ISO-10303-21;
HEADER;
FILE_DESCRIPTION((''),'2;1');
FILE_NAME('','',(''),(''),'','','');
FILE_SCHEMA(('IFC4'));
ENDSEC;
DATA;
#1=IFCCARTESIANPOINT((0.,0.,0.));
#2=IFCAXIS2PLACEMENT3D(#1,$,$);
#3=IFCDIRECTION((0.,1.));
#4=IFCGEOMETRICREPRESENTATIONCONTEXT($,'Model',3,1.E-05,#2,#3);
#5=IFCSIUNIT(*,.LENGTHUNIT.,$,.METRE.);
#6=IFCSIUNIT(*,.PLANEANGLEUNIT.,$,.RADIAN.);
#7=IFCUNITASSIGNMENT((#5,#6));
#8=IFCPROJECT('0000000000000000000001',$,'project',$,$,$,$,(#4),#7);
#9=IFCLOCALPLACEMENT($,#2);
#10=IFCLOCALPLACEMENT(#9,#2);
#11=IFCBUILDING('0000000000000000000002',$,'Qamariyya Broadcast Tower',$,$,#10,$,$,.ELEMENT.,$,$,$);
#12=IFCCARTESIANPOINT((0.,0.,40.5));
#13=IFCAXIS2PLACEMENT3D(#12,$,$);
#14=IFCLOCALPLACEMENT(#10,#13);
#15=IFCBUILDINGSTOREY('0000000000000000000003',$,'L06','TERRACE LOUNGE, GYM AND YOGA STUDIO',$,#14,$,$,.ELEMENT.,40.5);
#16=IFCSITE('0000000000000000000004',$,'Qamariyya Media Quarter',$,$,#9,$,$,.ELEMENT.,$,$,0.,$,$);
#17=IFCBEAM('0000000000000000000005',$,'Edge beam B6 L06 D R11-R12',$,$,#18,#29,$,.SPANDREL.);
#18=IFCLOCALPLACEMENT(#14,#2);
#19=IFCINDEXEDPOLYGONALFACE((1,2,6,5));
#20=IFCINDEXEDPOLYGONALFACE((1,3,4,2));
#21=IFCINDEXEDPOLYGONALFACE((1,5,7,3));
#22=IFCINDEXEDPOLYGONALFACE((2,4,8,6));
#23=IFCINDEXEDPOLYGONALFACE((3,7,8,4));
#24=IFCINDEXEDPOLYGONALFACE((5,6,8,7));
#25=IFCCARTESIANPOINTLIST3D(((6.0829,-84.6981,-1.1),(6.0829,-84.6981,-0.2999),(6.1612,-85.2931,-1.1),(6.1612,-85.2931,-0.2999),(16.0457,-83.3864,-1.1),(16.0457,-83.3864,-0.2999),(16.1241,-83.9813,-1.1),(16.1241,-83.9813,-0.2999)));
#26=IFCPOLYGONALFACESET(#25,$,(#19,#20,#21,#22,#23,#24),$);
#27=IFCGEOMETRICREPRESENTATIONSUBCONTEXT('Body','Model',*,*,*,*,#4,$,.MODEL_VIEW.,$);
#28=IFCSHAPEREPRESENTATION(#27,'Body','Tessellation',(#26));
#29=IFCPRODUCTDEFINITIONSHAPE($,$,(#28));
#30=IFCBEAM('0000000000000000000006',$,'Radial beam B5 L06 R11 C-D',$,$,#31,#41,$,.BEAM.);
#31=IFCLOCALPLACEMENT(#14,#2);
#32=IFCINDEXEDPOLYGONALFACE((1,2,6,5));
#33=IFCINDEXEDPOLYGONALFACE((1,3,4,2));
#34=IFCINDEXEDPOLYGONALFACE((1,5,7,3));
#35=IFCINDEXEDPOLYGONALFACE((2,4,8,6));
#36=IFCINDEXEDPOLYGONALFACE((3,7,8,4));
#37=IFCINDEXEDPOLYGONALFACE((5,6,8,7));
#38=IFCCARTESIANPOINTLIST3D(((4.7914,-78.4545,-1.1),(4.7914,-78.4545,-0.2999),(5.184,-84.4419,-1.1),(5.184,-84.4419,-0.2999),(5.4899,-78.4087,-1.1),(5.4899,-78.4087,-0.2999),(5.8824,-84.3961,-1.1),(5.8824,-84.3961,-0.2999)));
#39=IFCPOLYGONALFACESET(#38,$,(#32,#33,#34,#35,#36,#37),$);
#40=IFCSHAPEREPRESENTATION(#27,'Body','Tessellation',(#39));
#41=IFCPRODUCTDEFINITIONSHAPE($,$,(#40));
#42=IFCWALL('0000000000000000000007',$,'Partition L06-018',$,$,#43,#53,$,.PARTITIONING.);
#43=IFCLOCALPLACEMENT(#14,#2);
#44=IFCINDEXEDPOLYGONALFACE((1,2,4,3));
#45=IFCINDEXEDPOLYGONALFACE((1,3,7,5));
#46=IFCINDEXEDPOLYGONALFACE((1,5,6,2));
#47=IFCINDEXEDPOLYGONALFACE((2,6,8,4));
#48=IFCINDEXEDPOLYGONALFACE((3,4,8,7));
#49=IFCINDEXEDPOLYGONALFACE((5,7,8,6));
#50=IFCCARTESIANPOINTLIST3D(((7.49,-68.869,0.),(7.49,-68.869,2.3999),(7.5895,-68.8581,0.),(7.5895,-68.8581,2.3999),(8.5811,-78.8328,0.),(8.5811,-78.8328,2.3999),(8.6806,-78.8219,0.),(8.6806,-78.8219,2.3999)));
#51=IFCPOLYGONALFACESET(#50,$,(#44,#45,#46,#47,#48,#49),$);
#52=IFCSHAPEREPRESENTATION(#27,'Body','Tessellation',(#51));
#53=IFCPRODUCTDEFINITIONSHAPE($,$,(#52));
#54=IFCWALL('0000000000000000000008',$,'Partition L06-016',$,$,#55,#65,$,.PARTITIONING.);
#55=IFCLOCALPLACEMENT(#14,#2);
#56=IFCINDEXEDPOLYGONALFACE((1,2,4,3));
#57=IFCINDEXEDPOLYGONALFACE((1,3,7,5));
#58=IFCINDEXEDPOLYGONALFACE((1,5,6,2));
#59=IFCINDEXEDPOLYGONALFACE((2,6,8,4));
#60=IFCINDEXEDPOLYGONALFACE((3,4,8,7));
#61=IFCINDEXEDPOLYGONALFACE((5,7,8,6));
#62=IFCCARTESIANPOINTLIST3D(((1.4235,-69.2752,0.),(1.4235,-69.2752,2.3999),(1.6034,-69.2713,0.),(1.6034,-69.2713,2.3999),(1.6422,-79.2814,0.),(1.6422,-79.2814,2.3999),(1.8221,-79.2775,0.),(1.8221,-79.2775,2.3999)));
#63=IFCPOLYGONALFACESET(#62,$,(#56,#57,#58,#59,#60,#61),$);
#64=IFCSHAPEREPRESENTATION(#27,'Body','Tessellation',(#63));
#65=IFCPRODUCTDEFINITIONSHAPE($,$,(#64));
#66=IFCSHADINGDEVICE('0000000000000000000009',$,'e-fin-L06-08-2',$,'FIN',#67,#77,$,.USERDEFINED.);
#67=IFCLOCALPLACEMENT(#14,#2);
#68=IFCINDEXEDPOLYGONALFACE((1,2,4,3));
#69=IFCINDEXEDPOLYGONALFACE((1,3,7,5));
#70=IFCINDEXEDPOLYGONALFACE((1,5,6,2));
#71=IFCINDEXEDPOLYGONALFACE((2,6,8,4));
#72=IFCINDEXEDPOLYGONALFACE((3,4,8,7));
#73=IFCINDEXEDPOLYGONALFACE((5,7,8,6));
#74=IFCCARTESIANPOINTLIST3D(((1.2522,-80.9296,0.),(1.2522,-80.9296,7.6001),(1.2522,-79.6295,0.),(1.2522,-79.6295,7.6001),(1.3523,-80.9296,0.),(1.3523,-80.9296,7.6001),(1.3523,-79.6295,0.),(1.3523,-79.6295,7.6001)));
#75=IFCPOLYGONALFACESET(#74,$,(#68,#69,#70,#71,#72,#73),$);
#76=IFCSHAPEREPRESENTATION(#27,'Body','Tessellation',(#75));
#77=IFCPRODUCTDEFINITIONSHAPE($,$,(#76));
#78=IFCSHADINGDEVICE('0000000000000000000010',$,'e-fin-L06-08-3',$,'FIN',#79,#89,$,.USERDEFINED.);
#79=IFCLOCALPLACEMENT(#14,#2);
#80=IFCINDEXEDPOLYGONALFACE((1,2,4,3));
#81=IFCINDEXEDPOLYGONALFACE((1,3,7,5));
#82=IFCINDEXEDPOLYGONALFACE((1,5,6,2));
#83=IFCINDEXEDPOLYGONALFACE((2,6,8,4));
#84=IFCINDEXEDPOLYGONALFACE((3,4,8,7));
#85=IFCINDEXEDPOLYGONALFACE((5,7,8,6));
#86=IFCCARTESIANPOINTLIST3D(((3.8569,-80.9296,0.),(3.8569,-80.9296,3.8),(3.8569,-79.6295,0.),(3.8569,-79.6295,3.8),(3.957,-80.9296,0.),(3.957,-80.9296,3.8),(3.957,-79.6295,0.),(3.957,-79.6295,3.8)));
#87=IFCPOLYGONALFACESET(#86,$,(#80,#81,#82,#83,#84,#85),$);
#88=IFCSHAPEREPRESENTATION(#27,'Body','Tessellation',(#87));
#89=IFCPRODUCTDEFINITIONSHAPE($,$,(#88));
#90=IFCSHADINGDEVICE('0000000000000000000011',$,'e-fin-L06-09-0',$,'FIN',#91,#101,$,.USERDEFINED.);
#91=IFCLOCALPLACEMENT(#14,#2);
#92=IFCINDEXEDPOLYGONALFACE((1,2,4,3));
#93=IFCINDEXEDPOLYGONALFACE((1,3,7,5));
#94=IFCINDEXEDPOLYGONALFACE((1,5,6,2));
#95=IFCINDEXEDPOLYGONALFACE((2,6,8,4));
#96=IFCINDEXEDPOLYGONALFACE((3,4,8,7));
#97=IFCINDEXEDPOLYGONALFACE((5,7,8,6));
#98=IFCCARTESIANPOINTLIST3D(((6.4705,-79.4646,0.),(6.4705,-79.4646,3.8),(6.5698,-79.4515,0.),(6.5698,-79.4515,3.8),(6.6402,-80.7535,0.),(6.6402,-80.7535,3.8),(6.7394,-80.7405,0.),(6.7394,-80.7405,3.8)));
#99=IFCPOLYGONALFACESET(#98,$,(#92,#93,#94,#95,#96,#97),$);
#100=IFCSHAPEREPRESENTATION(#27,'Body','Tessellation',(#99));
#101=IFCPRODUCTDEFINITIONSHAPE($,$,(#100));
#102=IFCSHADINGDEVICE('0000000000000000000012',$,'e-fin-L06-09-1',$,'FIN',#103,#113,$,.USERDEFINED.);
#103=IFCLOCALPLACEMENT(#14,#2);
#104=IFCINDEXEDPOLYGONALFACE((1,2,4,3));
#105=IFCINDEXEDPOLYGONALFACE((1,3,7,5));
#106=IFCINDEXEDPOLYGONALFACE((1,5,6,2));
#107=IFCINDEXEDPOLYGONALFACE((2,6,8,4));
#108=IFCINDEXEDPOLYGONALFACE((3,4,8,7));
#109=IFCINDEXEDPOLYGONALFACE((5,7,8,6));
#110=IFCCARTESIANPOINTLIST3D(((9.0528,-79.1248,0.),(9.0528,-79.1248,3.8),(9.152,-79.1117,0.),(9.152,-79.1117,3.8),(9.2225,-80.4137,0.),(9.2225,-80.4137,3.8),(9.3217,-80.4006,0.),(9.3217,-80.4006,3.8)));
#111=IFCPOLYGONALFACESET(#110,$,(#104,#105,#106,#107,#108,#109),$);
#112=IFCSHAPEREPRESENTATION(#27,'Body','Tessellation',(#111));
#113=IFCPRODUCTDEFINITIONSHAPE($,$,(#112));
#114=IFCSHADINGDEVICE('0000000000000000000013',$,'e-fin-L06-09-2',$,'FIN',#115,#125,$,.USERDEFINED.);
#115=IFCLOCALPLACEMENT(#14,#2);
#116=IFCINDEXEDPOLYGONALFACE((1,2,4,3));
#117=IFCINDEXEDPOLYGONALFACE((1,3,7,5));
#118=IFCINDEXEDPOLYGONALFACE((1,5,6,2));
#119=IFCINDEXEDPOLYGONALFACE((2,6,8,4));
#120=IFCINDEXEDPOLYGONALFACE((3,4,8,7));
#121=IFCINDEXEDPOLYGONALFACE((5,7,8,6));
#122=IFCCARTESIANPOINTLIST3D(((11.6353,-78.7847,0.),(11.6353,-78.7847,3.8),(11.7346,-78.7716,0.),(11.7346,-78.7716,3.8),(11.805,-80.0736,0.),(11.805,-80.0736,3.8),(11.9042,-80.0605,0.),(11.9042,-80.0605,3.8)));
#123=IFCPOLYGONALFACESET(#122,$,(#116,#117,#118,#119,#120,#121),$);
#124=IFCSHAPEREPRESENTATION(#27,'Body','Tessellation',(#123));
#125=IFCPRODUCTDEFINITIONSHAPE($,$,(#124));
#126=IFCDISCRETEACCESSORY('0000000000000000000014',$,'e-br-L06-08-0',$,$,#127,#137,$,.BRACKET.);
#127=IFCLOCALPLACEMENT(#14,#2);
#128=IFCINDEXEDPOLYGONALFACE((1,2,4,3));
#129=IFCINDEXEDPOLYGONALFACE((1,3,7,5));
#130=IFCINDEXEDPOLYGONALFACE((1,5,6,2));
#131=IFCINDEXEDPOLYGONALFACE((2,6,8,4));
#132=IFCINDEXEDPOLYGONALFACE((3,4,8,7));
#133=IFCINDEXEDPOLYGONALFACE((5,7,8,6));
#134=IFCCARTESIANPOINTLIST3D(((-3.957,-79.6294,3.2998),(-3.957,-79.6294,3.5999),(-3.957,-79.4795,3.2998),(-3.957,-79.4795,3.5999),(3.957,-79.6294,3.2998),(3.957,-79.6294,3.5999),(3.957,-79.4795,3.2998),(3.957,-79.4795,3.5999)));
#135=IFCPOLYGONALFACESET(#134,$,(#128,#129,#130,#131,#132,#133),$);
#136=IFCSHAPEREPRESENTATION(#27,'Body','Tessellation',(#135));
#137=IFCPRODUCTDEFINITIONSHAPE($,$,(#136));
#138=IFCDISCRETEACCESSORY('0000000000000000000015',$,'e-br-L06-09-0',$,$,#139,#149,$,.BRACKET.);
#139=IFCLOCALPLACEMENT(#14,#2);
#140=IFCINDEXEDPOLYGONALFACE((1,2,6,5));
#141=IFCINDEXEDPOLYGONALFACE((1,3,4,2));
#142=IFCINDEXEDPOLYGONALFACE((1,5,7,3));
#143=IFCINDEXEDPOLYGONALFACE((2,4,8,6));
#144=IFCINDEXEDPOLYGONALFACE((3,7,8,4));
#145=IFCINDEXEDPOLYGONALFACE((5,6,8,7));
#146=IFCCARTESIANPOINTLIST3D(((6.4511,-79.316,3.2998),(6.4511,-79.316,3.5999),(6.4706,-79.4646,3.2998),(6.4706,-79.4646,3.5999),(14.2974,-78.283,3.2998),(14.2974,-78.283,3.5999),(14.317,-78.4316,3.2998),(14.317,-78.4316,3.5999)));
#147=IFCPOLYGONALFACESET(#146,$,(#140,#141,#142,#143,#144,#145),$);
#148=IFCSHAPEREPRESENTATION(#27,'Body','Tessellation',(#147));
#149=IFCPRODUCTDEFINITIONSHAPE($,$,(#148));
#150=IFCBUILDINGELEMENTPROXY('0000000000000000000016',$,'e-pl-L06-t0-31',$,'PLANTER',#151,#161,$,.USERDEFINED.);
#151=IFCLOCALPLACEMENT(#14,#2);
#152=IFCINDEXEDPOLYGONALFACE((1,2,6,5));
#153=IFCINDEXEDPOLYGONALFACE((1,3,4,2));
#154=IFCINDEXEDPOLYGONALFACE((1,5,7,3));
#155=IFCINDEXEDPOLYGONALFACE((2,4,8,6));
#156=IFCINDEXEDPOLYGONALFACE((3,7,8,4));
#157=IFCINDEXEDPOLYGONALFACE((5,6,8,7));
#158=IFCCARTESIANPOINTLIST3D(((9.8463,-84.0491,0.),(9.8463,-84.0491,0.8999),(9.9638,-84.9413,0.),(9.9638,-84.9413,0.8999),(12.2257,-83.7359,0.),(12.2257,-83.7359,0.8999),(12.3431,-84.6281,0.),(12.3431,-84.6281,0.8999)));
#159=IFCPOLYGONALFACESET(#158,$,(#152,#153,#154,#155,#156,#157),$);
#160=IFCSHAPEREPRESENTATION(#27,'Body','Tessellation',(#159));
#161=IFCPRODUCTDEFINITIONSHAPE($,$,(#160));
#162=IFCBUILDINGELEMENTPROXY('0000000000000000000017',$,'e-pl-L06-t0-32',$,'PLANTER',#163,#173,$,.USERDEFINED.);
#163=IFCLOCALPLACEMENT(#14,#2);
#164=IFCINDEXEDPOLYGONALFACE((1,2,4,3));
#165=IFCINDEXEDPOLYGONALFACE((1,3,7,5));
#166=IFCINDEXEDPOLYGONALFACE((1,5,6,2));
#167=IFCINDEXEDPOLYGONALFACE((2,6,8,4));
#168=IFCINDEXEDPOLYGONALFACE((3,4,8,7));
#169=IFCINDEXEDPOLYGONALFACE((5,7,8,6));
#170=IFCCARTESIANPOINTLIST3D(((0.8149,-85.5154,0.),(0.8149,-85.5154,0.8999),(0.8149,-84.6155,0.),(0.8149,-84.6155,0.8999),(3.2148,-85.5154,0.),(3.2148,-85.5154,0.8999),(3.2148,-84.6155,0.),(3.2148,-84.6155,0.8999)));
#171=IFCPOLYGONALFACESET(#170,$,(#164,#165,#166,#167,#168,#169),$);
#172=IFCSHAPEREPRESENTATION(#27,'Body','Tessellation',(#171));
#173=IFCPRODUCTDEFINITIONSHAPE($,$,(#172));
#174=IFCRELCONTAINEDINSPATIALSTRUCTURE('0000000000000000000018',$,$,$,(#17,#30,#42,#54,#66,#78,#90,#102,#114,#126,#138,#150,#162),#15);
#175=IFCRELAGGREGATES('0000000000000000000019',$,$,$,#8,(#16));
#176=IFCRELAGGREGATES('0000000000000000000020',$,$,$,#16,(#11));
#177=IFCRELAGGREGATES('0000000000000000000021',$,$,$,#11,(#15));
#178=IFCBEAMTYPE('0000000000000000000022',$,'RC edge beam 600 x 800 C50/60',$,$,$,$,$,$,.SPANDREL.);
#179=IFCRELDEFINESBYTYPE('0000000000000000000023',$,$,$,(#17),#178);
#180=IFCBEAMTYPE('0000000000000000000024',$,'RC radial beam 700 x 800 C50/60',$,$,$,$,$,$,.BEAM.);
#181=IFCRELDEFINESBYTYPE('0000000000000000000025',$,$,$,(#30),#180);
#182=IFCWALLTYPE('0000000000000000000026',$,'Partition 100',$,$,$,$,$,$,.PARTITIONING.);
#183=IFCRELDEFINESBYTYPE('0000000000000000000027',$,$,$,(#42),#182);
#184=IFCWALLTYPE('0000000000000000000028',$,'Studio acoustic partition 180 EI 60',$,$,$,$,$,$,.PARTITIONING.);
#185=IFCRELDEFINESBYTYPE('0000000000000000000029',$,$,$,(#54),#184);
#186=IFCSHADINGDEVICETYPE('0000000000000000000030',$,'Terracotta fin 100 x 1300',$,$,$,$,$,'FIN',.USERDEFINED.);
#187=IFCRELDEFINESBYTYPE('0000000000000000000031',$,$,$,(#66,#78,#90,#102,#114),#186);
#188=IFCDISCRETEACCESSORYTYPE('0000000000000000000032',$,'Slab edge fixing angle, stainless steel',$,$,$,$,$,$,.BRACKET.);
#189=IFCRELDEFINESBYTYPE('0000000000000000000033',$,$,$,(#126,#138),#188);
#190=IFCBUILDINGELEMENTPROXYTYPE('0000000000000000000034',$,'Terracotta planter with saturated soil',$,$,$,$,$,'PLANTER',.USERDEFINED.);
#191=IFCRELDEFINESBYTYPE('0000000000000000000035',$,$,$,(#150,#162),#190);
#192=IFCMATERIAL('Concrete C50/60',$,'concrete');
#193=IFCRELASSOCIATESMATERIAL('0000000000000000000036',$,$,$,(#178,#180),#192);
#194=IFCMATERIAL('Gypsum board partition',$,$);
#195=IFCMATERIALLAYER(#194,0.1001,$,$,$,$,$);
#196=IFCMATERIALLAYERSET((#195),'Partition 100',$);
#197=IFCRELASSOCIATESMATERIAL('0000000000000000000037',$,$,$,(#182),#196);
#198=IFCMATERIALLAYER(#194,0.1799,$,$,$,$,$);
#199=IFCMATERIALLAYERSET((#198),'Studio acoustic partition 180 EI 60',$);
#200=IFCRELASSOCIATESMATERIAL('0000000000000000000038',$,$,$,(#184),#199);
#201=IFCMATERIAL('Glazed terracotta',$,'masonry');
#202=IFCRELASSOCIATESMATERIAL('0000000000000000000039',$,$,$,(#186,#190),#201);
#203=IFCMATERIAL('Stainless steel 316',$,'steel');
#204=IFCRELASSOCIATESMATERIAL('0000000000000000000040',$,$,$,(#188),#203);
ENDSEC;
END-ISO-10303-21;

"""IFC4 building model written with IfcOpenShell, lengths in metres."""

from ifc_helpers import new_model, si_unit, direction, frame, frame_2d, origin, origin_2d, place, context, subcontext, project, spatial, rectangle, extrude, material, layer, layer_set, material_profile, profile_set, type_object, element, save


model = new_model("IFC4")

# Units and contexts
model_context = context("Model", 3, precision=1e-05, world=origin(), true_north=direction((0.0, 1.0)))
body_context = subcontext(model_context, "Body", "Model", "MODEL_VIEW")
ifc_project = project(units=[si_unit("LENGTHUNIT", "METRE"), si_unit("PLANEANGLEUNIT", "RADIAN")], contexts=[model_context])

# Site, building, storey
site_placement = place(None, origin())
site = spatial("IfcSite", under=ifc_project, at=site_placement, Name="Qamariyya Media Quarter", CompositionType="ELEMENT", RefElevation=0.0)
building_placement = place(site_placement, origin())
building = spatial("IfcBuilding", under=site, at=building_placement, Name="Qamariyya Broadcast Tower", CompositionType="ELEMENT")
storey_placement = place(building_placement, frame((0.0, 0.0, 40.5)))
storey = spatial("IfcBuildingStorey", under=building, at=storey_placement, Name="L06", Description="TERRACE LOUNGE, GYM AND YOGA STUDIO", CompositionType="ELEMENT", Elevation=40.5)

# Beams
ifc_material_1 = material(Name="Concrete C50/60", Category="concrete")
ifc_material_profile_1 = material_profile(ifc_material_1, rectangle(XDim=0.6001, YDim=0.8, at=origin_2d()))
ifc_profile_set_1 = profile_set([ifc_material_profile_1], Name="Concrete C50/60")
beam_type_1 = type_object("IfcBeamType", Name="RC edge beam 600 x 800 C50/60", PredefinedType="SPANDREL", material=ifc_profile_set_1)
beam_1_placement = place(storey_placement, frame((6.1221, -84.9956, -0.7), z_axis=(0.991443, 0.130539, 0.0), x_axis=(-0.130539, 0.991443, 0.0)))
element("IfcBeam", 1, at=beam_1_placement, inside=storey, type_object=beam_type_1, Name="Edge beam B6 L06 D R11-R12", PredefinedType="SPANDREL", context=body_context, shape_type="SweptSolid", body=[
    extrude(rectangle(XDim=0.6001, YDim=0.8, at=origin_2d()), origin(), (0.0, 0.0, 1.0), 10.0488),
])
ifc_material_profile_2 = material_profile(ifc_material_1, rectangle(XDim=0.7, YDim=0.8, at=origin_2d()))
ifc_profile_set_2 = profile_set([ifc_material_profile_2], Name="Concrete C50/60")
beam_type_2 = type_object("IfcBeamType", Name="RC radial beam 700 x 800 C50/60", PredefinedType="BEAM", material=ifc_profile_set_2)
beam_2_placement = place(storey_placement, frame((5.1406, -78.4316, -0.7), z_axis=(0.065428, -0.997857, 0.0), x_axis=(0.997857, 0.065428, 0.0)))
element("IfcBeam", 2, at=beam_2_placement, inside=storey, type_object=beam_type_2, Name="Radial beam B5 L06 R11 C-D", PredefinedType="BEAM", context=body_context, shape_type="SweptSolid", body=[
    extrude(rectangle(XDim=0.7, YDim=0.8, at=origin_2d()), origin(), (0.0, 0.0, 1.0), 6.0002),
])

# Walls
ifc_material_2 = material(Name="Gypsum board partition")
ifc_layer_1 = layer(ifc_material_2, 0.1001)
ifc_layer_set_1 = layer_set([ifc_layer_1], Name="Partition 100")
wall_type_1 = type_object("IfcWallType", Name="Partition 100", PredefinedType="PARTITIONING", material=ifc_layer_set_1)
wall_1_placement = place(storey_placement, frame((8.6309, -78.8274, 0.0), z_axis=(0.0, 0.0, 1.0), x_axis=(-0.108851, 0.994058, 0.0)))
element("IfcWall", 3, at=wall_1_placement, inside=storey, type_object=wall_type_1, Name="Partition L06-018", PredefinedType="PARTITIONING", context=body_context, shape_type="SweptSolid", body=[
    extrude(rectangle(XDim=10.0234, YDim=0.1001, at=frame_2d((5.0117, 0.0))), origin(), (0.0, 0.0, 1.0), 2.3999),
])
ifc_layer_2 = layer(ifc_material_2, 0.1799)
ifc_layer_set_2 = layer_set([ifc_layer_2], Name="Studio acoustic partition 180 EI 60")
wall_type_2 = type_object("IfcWallType", Name="Studio acoustic partition 180 EI 60", PredefinedType="PARTITIONING", material=ifc_layer_set_2)
wall_2_placement = place(storey_placement, frame((1.7322, -79.2795, 0.0), z_axis=(0.0, 0.0, 1.0), x_axis=(-0.021856, 0.999761, 0.0)))
element("IfcWall", 4, at=wall_2_placement, inside=storey, type_object=wall_type_2, Name="Partition L06-016", PredefinedType="PARTITIONING", context=body_context, shape_type="SweptSolid", body=[
    extrude(rectangle(XDim=10.0085, YDim=0.1799, at=frame_2d((5.0044, 0.0))), origin(), (0.0, 0.0, 1.0), 2.3999),
])

# Shading devices
ifc_material_3 = material(Name="Glazed terracotta", Category="masonry")
ifc_material_profile_3 = material_profile(ifc_material_3, rectangle(XDim=1.3, YDim=0.1001, at=origin_2d()))
ifc_profile_set_3 = profile_set([ifc_material_profile_3], Name="Glazed terracotta")
shading_device_type_1 = type_object("IfcShadingDeviceType", Name="Terracotta fin 100 x 1300", ElementType="FIN", PredefinedType="USERDEFINED", material=ifc_profile_set_3)
shading_device_1_placement = place(storey_placement, frame((1.3022, -80.2795, 0.0), z_axis=(0.0, 0.0, 1.0), x_axis=(0.0, -1.0, 0.0)))
element("IfcShadingDevice", 5, at=shading_device_1_placement, inside=storey, type_object=shading_device_type_1, Name="e-fin-L06-08-2", ObjectType="FIN", PredefinedType="USERDEFINED", context=body_context, shape_type="SweptSolid", body=[
    extrude(rectangle(XDim=1.3, YDim=0.1001, at=origin_2d()), origin(), (0.0, 0.0, 1.0), 7.6001),
])
for number, where, z_axis, x_axis, name in (
    (6, (3.907, -80.2795, 0.0), (0.0, 0.0, 1.0), (0.0, -1.0, 0.0), "e-fin-L06-08-3"),
    (7, (6.605, -80.1025, 0.0), (0.0, 0.0, 1.0), (0.130526, -0.991445, 0.0), "e-fin-L06-09-0"),
    (8, (9.1873, -79.7627, 0.0), (0.0, 0.0, 1.0), (0.130526, -0.991445, 0.0), "e-fin-L06-09-1"),
    (9, (11.7698, -79.4226, 0.0), (0.0, 0.0, 1.0), (0.130526, -0.991445, 0.0), "e-fin-L06-09-2"),
):
    element("IfcShadingDevice", number, at=place(storey_placement, frame(where, z_axis=z_axis, x_axis=x_axis)), inside=storey, type_object=shading_device_type_1, Name=name, ObjectType="FIN", PredefinedType="USERDEFINED", context=body_context, shape_type="SweptSolid", body=[
        extrude(rectangle(XDim=1.3, YDim=0.1001, at=origin_2d()), origin(), (0.0, 0.0, 1.0), 3.8),
    ])

# Discrete accessories
ifc_material_4 = material(Name="Stainless steel 316", Category="steel")
discrete_accessory_type = type_object("IfcDiscreteAccessoryType", Name="Slab edge fixing angle, stainless steel", PredefinedType="BRACKET", material=ifc_material_4)
for number, where, z_axis, x_axis, name in (
    (10, (0.0, -79.5544, 3.2998), (0.0, 0.0, 1.0), (1.0, 0.0, 0.0), "e-br-L06-08-0"),
    (11, (10.384, -78.8738, 3.2998), (0.0, 0.0, 1.0), (0.991445, 0.130526, 0.0), "e-br-L06-09-0"),
):
    element("IfcDiscreteAccessory", number, at=place(storey_placement, frame(where, z_axis=z_axis, x_axis=x_axis)), inside=storey, type_object=discrete_accessory_type, Name=name, PredefinedType="BRACKET", context=body_context, shape_type="SweptSolid", body=[
        extrude(rectangle(XDim=7.9141, YDim=0.1499, at=origin_2d()), origin(), (0.0, 0.0, 1.0), 0.3),
    ])

# Building element proxies
building_element_proxy_type = type_object("IfcBuildingElementProxyType", Name="Terracotta planter with saturated soil", ElementType="PLANTER", PredefinedType="USERDEFINED", material=ifc_material_3)
for number, where, z_axis, x_axis, name in (
    (12, (11.0947, -84.3386, 0.0), (0.0, 0.0, 1.0), (-0.991445, -0.130526, 0.0), "e-pl-L06-t0-31"),
    (13, (2.0149, -85.0654, 0.0), (0.0, 0.0, 1.0), (-1.0, 0.0, 0.0), "e-pl-L06-t0-32"),
):
    element("IfcBuildingElementProxy", number, at=place(storey_placement, frame(where, z_axis=z_axis, x_axis=x_axis)), inside=storey, type_object=building_element_proxy_type, Name=name, ObjectType="PLANTER", PredefinedType="USERDEFINED", context=body_context, shape_type="SweptSolid", body=[
        extrude(rectangle(XDim=2.3999, YDim=0.8999, at=origin_2d()), origin(), (0.0, 0.0, 1.0), 0.8999),
    ])

save(model, "model.ifc")
